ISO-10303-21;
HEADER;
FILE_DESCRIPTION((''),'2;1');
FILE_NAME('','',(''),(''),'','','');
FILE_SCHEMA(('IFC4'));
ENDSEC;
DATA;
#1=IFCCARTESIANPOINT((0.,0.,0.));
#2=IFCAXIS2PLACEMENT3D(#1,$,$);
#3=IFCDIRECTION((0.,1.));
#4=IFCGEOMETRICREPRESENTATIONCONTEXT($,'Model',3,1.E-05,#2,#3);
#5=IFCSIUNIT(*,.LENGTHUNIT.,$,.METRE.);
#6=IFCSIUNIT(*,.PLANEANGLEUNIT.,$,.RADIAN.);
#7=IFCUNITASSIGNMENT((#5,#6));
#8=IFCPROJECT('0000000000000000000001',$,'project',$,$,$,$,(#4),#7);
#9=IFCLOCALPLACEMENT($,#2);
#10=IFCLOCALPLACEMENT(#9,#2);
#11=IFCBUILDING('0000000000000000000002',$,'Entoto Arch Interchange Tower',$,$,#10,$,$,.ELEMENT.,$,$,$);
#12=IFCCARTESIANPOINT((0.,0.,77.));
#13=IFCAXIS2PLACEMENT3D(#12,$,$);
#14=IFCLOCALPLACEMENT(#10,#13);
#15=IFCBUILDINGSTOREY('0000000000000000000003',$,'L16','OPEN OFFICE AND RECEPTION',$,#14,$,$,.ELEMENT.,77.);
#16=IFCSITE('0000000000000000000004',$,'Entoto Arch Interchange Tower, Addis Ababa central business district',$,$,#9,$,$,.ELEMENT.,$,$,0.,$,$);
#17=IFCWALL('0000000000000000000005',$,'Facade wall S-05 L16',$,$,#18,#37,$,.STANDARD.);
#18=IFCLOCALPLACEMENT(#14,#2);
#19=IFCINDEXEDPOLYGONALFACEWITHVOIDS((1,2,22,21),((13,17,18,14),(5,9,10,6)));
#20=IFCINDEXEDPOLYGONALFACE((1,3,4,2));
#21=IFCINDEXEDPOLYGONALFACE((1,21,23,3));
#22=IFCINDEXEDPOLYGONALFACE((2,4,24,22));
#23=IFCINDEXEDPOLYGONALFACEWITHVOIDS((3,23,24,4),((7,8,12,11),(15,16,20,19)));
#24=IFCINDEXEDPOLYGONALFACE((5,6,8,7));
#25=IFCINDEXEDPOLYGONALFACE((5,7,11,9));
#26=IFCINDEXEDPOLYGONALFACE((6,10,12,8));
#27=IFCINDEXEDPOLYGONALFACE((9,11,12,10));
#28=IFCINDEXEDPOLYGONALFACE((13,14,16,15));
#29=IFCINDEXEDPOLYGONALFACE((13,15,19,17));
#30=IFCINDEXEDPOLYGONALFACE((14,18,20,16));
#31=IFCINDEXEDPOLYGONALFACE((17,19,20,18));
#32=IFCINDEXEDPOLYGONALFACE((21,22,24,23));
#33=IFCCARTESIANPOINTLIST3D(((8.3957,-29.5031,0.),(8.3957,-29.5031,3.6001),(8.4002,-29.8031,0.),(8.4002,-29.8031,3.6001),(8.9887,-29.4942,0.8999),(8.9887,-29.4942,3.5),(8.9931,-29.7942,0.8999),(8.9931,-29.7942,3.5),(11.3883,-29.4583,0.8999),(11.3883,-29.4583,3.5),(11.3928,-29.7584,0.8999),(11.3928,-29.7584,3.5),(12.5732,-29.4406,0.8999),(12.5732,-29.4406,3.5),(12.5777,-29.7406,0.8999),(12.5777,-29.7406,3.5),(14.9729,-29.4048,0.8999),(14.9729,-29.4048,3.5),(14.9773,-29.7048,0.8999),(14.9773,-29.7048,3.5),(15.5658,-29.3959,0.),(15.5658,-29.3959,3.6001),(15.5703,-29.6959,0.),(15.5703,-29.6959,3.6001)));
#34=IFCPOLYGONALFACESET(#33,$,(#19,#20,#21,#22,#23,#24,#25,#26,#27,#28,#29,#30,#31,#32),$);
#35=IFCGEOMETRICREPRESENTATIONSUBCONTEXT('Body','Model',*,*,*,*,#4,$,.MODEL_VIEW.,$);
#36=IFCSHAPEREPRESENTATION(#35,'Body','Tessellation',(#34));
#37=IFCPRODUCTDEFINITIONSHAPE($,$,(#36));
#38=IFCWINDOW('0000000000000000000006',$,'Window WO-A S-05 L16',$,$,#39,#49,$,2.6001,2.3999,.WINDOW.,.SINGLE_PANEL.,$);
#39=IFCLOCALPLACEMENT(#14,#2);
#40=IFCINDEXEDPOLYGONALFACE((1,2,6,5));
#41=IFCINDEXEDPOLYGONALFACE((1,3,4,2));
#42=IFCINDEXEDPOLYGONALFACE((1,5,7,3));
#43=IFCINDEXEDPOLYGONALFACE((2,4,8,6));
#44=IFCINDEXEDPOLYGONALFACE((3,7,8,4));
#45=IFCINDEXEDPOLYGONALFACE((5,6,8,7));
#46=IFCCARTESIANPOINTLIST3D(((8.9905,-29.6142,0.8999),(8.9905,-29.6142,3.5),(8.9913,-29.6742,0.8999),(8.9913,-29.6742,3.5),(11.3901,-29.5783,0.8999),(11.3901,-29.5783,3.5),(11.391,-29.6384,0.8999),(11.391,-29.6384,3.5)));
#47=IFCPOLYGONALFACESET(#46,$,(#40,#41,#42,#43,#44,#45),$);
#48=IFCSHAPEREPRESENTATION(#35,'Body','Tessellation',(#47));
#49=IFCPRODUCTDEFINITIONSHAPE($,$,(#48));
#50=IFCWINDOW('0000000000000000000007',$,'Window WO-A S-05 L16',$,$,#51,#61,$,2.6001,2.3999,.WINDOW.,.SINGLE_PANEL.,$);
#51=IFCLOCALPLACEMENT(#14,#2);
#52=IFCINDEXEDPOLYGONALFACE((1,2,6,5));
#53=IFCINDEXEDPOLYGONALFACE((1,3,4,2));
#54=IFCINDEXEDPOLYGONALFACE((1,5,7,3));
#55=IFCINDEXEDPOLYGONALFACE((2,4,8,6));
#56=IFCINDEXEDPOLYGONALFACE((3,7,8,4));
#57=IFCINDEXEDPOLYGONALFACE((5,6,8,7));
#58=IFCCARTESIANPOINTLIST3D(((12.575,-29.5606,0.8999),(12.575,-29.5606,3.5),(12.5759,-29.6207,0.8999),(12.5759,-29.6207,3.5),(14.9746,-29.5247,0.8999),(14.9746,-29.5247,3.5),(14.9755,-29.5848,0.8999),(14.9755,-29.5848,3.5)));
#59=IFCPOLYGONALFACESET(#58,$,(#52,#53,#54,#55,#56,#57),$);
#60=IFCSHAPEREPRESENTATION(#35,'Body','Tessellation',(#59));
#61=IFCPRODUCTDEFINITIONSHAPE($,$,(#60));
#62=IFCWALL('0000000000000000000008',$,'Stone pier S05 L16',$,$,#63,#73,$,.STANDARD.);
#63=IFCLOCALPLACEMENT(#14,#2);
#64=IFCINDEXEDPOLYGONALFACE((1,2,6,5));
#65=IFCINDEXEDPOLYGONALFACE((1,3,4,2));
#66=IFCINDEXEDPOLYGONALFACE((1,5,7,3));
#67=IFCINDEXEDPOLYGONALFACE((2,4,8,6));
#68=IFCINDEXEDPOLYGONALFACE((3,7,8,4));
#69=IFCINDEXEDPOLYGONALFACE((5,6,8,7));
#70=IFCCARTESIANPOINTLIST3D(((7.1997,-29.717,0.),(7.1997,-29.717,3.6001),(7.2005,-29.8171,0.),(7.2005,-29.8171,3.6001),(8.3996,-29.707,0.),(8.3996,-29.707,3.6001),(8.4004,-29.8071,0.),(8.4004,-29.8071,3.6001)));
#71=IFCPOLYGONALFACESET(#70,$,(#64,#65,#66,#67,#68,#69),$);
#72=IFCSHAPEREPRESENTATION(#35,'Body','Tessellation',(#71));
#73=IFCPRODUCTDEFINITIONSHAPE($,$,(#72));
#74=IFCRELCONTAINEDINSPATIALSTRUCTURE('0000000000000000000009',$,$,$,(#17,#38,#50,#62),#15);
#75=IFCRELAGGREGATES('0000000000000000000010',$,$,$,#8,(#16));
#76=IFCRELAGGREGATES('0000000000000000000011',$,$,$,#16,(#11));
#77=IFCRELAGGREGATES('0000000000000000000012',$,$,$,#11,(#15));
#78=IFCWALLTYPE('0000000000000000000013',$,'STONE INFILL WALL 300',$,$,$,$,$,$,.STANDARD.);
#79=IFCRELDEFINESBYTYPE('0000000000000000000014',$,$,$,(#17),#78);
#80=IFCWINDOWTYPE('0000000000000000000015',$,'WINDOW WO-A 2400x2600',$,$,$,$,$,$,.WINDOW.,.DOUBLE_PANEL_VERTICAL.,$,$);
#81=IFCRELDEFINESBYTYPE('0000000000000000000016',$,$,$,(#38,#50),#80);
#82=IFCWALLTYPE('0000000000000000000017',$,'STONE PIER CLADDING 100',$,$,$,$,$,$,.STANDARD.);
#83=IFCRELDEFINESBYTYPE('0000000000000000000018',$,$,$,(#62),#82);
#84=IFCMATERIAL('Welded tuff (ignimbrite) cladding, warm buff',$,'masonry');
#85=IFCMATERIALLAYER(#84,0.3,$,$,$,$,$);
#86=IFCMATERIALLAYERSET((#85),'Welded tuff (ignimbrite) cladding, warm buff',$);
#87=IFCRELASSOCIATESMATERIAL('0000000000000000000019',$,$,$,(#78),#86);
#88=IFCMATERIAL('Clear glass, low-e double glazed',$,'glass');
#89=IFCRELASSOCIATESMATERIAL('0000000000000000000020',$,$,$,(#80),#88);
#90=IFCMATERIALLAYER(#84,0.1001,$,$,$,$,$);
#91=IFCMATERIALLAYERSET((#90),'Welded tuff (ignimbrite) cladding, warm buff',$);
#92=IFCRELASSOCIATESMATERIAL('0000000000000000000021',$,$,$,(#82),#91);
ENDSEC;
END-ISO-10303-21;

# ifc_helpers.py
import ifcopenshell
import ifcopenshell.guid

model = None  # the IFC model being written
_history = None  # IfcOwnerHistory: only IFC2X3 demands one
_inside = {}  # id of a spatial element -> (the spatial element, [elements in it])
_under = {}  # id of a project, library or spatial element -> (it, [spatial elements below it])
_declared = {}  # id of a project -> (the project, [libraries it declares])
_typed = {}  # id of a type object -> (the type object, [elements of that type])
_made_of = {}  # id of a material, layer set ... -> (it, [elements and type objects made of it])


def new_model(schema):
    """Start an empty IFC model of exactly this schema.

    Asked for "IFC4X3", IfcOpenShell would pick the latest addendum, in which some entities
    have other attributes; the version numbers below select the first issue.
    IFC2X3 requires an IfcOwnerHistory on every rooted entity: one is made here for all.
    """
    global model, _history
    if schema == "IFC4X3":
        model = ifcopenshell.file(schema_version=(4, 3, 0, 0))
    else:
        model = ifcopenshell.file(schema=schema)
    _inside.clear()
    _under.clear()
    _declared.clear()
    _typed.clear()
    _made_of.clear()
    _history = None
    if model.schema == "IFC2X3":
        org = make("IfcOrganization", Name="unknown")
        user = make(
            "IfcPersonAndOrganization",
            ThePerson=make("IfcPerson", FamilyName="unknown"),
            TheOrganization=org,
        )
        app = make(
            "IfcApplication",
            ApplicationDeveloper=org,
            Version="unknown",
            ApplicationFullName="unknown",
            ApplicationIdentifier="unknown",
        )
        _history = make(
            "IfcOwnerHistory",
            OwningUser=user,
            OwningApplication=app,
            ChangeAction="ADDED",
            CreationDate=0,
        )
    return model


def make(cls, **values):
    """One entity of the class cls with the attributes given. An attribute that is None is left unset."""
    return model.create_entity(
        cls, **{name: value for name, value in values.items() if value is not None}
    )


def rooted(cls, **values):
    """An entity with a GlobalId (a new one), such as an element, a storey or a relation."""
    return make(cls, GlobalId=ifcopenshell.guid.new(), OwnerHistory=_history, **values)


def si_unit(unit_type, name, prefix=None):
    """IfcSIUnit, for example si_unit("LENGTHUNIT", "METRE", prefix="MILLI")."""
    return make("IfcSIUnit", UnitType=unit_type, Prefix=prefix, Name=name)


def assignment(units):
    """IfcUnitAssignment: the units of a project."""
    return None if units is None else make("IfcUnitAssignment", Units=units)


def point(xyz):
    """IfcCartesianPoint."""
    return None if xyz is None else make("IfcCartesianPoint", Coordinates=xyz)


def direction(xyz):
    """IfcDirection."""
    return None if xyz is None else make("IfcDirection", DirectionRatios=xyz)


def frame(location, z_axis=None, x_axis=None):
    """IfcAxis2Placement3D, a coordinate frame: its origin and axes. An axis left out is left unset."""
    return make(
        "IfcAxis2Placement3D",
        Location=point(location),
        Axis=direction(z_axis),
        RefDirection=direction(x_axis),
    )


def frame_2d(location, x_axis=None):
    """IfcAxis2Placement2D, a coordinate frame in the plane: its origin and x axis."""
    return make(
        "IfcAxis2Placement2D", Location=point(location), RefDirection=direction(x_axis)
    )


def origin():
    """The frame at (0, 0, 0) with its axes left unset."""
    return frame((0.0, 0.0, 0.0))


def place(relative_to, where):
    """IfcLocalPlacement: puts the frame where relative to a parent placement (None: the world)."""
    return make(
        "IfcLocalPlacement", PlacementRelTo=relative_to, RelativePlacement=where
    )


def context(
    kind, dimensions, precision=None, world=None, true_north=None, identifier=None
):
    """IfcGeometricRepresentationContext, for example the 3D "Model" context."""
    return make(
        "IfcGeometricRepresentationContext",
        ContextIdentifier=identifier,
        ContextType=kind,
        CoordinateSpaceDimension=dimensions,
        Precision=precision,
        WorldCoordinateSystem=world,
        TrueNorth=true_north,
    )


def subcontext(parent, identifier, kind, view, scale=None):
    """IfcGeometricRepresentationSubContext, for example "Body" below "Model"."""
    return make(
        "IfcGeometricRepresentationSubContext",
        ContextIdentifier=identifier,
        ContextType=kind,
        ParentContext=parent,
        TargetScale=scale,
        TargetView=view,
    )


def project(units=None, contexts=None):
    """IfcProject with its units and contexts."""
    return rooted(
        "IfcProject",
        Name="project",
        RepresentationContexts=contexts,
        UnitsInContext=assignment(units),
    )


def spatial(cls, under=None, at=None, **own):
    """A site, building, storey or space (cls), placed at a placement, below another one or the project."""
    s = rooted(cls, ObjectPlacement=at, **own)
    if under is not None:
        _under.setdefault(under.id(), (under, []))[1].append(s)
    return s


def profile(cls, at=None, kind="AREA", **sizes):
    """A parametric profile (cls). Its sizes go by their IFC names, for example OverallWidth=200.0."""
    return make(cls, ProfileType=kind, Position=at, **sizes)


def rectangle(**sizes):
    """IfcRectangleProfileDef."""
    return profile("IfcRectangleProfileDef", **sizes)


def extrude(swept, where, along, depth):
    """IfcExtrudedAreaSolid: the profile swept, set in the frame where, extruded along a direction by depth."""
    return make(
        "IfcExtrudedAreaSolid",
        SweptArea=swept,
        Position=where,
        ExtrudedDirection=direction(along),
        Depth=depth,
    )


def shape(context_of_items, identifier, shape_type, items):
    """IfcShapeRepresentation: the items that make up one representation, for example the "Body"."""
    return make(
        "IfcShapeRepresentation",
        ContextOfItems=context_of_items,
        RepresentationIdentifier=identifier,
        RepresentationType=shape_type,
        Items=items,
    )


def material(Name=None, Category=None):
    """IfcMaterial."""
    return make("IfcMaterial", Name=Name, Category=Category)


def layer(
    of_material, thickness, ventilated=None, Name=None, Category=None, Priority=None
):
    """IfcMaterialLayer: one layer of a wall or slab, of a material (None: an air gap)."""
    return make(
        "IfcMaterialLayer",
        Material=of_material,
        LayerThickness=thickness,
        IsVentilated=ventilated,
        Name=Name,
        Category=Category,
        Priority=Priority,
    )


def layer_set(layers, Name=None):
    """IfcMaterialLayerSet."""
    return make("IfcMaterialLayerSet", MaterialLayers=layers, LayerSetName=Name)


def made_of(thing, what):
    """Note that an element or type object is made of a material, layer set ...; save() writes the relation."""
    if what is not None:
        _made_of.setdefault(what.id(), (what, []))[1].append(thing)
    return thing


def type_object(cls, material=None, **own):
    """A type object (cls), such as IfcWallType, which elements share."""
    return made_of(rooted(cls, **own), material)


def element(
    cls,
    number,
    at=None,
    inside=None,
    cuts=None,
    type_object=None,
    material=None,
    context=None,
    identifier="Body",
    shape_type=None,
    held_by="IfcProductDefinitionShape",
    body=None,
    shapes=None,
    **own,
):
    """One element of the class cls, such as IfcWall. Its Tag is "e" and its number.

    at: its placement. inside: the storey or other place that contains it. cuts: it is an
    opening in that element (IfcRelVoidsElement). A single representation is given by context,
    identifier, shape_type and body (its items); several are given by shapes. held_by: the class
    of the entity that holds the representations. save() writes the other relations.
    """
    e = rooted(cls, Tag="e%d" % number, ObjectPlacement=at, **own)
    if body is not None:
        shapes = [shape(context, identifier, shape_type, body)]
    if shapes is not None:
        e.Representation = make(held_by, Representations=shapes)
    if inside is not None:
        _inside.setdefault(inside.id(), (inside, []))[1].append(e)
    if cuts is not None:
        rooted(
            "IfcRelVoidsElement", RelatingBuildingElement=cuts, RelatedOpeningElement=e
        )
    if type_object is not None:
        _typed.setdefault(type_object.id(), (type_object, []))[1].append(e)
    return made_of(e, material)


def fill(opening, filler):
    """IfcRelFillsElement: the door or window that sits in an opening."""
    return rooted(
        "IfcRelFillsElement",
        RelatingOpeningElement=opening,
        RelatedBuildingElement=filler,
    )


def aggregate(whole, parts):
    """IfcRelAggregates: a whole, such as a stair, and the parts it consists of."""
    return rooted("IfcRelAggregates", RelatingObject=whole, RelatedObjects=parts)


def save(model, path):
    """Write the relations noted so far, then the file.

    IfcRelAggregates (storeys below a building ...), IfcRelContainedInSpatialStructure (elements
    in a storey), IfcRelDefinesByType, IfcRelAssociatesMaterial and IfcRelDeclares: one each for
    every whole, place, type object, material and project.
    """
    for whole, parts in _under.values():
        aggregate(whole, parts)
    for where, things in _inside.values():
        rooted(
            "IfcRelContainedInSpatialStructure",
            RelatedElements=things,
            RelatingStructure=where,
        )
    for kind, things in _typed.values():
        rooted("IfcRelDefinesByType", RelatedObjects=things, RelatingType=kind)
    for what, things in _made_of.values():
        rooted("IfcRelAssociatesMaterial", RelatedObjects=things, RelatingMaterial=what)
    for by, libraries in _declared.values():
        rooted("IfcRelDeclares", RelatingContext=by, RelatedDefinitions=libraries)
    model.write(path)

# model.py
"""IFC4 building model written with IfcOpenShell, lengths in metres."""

from ifc_helpers import new_model, si_unit, direction, frame, frame_2d, origin, place, context, subcontext, project, spatial, rectangle, extrude, material, layer, layer_set, type_object, element, fill, save


model = new_model("IFC4")

# Units and contexts
model_context = context("Model", 3, precision=1e-05, world=origin(), true_north=direction((0.0, 1.0)))
body_context = subcontext(model_context, "Body", "Model", "MODEL_VIEW")
ifc_project = project(units=[si_unit("LENGTHUNIT", "METRE"), si_unit("PLANEANGLEUNIT", "RADIAN")], contexts=[model_context])

# Site, building, storey
site_placement = place(None, origin())
site = spatial("IfcSite", under=ifc_project, at=site_placement, Name="Entoto Arch Interchange Tower, Addis Ababa central business district", CompositionType="ELEMENT", RefElevation=0.0)
building_placement = place(site_placement, origin())
building = spatial("IfcBuilding", under=site, at=building_placement, Name="Entoto Arch Interchange Tower", CompositionType="ELEMENT")
storey_placement = place(building_placement, frame((0.0, 0.0, 77.0)))
storey = spatial("IfcBuildingStorey", under=building, at=storey_placement, Name="L16", Description="OPEN OFFICE AND RECEPTION", CompositionType="ELEMENT", Elevation=77.0)

# Shared definitions
ifc_material_1 = material(Name="Clear glass, low-e double glazed", Category="glass")

# Wall, openings, windows
ifc_material_2 = material(Name="Welded tuff (ignimbrite) cladding, warm buff", Category="masonry")
ifc_layer_1 = layer(ifc_material_2, 0.3)
ifc_layer_set_1 = layer_set([ifc_layer_1], Name="Welded tuff (ignimbrite) cladding, warm buff")
wall_type_1 = type_object("IfcWallType", Name="STONE INFILL WALL 300", PredefinedType="STANDARD", material=ifc_layer_set_1)
wall_1_placement = place(storey_placement, frame((8.3979, -29.6531, 0.0), z_axis=(0.0, 0.0, 1.0), x_axis=(0.999888, 0.014946, 0.0)))
wall_1 = element("IfcWall", 1, at=wall_1_placement, inside=storey, type_object=wall_type_1, Name="Facade wall S-05 L16", PredefinedType="STANDARD", context=body_context, shape_type="SweptSolid", body=[
    extrude(rectangle(XDim=7.1709, YDim=0.3, at=frame_2d((3.5854, 0.0))), origin(), (0.0, 0.0, 1.0), 3.6001),
])
opening_1_placement = place(wall_1_placement, frame((0.593, 0.0, 0.8999)))
opening_1 = element("IfcOpeningElement", 2, at=opening_1_placement, cuts=wall_1, PredefinedType="OPENING", context=body_context, shape_type="SweptSolid", body=[
    extrude(rectangle(XDim=2.3999, YDim=2.6001, at=frame_2d((1.2, 1.3))), frame((0.0, 0.1602, 0.0), z_axis=(0.0, -1.0, 0.0), x_axis=(1.0, 0.0, 0.0)), (0.0, 0.0, 1.0), 0.3201),
])
opening_2_placement = place(wall_1_placement, frame((4.178, 0.0, 0.8999)))
opening_2 = element("IfcOpeningElement", 3, at=opening_2_placement, cuts=wall_1, PredefinedType="OPENING", context=body_context, shape_type="SweptSolid", body=[
    extrude(rectangle(XDim=2.3999, YDim=2.6001, at=frame_2d((1.2, 1.3))), frame((0.0, 0.1602, 0.0), z_axis=(0.0, -1.0, 0.0), x_axis=(1.0, 0.0, 0.0)), (0.0, 0.0, 1.0), 0.3201),
])
window_type = type_object("IfcWindowType", Name="WINDOW WO-A 2400x2600", PartitioningType="DOUBLE_PANEL_VERTICAL", PredefinedType="WINDOW", material=ifc_material_1)
window_1_placement = place(opening_1_placement, origin())
window_1 = element("IfcWindow", 4, at=window_1_placement, inside=storey, type_object=window_type, Name="Window WO-A S-05 L16", OverallHeight=2.6001, OverallWidth=2.3999, PartitioningType="SINGLE_PANEL", PredefinedType="WINDOW", context=body_context, shape_type="SweptSolid", body=[
    extrude(rectangle(XDim=2.3999, YDim=2.6001, at=frame_2d((1.2, 1.3))), frame((0.0, 0.03, 0.0), z_axis=(0.0, -1.0, 0.0), x_axis=(1.0, 0.0, 0.0)), (0.0, 0.0, 1.0), 0.0601),
])
fill(opening_1, window_1)
window_2_placement = place(opening_2_placement, origin())
window_2 = element("IfcWindow", 5, at=window_2_placement, inside=storey, type_object=window_type, Name="Window WO-A S-05 L16", OverallHeight=2.6001, OverallWidth=2.3999, PartitioningType="SINGLE_PANEL", PredefinedType="WINDOW", context=body_context, shape_type="SweptSolid", body=[
    extrude(rectangle(XDim=2.3999, YDim=2.6001, at=frame_2d((1.2, 1.3))), frame((0.0, 0.03, 0.0), z_axis=(0.0, -1.0, 0.0), x_axis=(1.0, 0.0, 0.0)), (0.0, 0.0, 1.0), 0.0601),
])
fill(opening_2, window_2)

# Wall
ifc_layer_2 = layer(ifc_material_2, 0.1001)
ifc_layer_set_2 = layer_set([ifc_layer_2], Name="Welded tuff (ignimbrite) cladding, warm buff")
wall_type_2 = type_object("IfcWallType", Name="STONE PIER CLADDING 100", PredefinedType="STANDARD", material=ifc_layer_set_2)
wall_2_placement = place(storey_placement, frame((7.2, -29.7671, 0.0), z_axis=(0.0, 0.0, 1.0), x_axis=(0.999965, 0.008342, 0.0)))
element("IfcWall", 6, at=wall_2_placement, inside=storey, type_object=wall_type_2, Name="Stone pier S05 L16", PredefinedType="STANDARD", context=body_context, shape_type="SweptSolid", body=[
    extrude(rectangle(XDim=1.2, YDim=0.1001, at=frame_2d((0.6001, 0.0))), origin(), (0.0, 0.0, 1.0), 3.6001),
])

save(model, "model.ifc")
